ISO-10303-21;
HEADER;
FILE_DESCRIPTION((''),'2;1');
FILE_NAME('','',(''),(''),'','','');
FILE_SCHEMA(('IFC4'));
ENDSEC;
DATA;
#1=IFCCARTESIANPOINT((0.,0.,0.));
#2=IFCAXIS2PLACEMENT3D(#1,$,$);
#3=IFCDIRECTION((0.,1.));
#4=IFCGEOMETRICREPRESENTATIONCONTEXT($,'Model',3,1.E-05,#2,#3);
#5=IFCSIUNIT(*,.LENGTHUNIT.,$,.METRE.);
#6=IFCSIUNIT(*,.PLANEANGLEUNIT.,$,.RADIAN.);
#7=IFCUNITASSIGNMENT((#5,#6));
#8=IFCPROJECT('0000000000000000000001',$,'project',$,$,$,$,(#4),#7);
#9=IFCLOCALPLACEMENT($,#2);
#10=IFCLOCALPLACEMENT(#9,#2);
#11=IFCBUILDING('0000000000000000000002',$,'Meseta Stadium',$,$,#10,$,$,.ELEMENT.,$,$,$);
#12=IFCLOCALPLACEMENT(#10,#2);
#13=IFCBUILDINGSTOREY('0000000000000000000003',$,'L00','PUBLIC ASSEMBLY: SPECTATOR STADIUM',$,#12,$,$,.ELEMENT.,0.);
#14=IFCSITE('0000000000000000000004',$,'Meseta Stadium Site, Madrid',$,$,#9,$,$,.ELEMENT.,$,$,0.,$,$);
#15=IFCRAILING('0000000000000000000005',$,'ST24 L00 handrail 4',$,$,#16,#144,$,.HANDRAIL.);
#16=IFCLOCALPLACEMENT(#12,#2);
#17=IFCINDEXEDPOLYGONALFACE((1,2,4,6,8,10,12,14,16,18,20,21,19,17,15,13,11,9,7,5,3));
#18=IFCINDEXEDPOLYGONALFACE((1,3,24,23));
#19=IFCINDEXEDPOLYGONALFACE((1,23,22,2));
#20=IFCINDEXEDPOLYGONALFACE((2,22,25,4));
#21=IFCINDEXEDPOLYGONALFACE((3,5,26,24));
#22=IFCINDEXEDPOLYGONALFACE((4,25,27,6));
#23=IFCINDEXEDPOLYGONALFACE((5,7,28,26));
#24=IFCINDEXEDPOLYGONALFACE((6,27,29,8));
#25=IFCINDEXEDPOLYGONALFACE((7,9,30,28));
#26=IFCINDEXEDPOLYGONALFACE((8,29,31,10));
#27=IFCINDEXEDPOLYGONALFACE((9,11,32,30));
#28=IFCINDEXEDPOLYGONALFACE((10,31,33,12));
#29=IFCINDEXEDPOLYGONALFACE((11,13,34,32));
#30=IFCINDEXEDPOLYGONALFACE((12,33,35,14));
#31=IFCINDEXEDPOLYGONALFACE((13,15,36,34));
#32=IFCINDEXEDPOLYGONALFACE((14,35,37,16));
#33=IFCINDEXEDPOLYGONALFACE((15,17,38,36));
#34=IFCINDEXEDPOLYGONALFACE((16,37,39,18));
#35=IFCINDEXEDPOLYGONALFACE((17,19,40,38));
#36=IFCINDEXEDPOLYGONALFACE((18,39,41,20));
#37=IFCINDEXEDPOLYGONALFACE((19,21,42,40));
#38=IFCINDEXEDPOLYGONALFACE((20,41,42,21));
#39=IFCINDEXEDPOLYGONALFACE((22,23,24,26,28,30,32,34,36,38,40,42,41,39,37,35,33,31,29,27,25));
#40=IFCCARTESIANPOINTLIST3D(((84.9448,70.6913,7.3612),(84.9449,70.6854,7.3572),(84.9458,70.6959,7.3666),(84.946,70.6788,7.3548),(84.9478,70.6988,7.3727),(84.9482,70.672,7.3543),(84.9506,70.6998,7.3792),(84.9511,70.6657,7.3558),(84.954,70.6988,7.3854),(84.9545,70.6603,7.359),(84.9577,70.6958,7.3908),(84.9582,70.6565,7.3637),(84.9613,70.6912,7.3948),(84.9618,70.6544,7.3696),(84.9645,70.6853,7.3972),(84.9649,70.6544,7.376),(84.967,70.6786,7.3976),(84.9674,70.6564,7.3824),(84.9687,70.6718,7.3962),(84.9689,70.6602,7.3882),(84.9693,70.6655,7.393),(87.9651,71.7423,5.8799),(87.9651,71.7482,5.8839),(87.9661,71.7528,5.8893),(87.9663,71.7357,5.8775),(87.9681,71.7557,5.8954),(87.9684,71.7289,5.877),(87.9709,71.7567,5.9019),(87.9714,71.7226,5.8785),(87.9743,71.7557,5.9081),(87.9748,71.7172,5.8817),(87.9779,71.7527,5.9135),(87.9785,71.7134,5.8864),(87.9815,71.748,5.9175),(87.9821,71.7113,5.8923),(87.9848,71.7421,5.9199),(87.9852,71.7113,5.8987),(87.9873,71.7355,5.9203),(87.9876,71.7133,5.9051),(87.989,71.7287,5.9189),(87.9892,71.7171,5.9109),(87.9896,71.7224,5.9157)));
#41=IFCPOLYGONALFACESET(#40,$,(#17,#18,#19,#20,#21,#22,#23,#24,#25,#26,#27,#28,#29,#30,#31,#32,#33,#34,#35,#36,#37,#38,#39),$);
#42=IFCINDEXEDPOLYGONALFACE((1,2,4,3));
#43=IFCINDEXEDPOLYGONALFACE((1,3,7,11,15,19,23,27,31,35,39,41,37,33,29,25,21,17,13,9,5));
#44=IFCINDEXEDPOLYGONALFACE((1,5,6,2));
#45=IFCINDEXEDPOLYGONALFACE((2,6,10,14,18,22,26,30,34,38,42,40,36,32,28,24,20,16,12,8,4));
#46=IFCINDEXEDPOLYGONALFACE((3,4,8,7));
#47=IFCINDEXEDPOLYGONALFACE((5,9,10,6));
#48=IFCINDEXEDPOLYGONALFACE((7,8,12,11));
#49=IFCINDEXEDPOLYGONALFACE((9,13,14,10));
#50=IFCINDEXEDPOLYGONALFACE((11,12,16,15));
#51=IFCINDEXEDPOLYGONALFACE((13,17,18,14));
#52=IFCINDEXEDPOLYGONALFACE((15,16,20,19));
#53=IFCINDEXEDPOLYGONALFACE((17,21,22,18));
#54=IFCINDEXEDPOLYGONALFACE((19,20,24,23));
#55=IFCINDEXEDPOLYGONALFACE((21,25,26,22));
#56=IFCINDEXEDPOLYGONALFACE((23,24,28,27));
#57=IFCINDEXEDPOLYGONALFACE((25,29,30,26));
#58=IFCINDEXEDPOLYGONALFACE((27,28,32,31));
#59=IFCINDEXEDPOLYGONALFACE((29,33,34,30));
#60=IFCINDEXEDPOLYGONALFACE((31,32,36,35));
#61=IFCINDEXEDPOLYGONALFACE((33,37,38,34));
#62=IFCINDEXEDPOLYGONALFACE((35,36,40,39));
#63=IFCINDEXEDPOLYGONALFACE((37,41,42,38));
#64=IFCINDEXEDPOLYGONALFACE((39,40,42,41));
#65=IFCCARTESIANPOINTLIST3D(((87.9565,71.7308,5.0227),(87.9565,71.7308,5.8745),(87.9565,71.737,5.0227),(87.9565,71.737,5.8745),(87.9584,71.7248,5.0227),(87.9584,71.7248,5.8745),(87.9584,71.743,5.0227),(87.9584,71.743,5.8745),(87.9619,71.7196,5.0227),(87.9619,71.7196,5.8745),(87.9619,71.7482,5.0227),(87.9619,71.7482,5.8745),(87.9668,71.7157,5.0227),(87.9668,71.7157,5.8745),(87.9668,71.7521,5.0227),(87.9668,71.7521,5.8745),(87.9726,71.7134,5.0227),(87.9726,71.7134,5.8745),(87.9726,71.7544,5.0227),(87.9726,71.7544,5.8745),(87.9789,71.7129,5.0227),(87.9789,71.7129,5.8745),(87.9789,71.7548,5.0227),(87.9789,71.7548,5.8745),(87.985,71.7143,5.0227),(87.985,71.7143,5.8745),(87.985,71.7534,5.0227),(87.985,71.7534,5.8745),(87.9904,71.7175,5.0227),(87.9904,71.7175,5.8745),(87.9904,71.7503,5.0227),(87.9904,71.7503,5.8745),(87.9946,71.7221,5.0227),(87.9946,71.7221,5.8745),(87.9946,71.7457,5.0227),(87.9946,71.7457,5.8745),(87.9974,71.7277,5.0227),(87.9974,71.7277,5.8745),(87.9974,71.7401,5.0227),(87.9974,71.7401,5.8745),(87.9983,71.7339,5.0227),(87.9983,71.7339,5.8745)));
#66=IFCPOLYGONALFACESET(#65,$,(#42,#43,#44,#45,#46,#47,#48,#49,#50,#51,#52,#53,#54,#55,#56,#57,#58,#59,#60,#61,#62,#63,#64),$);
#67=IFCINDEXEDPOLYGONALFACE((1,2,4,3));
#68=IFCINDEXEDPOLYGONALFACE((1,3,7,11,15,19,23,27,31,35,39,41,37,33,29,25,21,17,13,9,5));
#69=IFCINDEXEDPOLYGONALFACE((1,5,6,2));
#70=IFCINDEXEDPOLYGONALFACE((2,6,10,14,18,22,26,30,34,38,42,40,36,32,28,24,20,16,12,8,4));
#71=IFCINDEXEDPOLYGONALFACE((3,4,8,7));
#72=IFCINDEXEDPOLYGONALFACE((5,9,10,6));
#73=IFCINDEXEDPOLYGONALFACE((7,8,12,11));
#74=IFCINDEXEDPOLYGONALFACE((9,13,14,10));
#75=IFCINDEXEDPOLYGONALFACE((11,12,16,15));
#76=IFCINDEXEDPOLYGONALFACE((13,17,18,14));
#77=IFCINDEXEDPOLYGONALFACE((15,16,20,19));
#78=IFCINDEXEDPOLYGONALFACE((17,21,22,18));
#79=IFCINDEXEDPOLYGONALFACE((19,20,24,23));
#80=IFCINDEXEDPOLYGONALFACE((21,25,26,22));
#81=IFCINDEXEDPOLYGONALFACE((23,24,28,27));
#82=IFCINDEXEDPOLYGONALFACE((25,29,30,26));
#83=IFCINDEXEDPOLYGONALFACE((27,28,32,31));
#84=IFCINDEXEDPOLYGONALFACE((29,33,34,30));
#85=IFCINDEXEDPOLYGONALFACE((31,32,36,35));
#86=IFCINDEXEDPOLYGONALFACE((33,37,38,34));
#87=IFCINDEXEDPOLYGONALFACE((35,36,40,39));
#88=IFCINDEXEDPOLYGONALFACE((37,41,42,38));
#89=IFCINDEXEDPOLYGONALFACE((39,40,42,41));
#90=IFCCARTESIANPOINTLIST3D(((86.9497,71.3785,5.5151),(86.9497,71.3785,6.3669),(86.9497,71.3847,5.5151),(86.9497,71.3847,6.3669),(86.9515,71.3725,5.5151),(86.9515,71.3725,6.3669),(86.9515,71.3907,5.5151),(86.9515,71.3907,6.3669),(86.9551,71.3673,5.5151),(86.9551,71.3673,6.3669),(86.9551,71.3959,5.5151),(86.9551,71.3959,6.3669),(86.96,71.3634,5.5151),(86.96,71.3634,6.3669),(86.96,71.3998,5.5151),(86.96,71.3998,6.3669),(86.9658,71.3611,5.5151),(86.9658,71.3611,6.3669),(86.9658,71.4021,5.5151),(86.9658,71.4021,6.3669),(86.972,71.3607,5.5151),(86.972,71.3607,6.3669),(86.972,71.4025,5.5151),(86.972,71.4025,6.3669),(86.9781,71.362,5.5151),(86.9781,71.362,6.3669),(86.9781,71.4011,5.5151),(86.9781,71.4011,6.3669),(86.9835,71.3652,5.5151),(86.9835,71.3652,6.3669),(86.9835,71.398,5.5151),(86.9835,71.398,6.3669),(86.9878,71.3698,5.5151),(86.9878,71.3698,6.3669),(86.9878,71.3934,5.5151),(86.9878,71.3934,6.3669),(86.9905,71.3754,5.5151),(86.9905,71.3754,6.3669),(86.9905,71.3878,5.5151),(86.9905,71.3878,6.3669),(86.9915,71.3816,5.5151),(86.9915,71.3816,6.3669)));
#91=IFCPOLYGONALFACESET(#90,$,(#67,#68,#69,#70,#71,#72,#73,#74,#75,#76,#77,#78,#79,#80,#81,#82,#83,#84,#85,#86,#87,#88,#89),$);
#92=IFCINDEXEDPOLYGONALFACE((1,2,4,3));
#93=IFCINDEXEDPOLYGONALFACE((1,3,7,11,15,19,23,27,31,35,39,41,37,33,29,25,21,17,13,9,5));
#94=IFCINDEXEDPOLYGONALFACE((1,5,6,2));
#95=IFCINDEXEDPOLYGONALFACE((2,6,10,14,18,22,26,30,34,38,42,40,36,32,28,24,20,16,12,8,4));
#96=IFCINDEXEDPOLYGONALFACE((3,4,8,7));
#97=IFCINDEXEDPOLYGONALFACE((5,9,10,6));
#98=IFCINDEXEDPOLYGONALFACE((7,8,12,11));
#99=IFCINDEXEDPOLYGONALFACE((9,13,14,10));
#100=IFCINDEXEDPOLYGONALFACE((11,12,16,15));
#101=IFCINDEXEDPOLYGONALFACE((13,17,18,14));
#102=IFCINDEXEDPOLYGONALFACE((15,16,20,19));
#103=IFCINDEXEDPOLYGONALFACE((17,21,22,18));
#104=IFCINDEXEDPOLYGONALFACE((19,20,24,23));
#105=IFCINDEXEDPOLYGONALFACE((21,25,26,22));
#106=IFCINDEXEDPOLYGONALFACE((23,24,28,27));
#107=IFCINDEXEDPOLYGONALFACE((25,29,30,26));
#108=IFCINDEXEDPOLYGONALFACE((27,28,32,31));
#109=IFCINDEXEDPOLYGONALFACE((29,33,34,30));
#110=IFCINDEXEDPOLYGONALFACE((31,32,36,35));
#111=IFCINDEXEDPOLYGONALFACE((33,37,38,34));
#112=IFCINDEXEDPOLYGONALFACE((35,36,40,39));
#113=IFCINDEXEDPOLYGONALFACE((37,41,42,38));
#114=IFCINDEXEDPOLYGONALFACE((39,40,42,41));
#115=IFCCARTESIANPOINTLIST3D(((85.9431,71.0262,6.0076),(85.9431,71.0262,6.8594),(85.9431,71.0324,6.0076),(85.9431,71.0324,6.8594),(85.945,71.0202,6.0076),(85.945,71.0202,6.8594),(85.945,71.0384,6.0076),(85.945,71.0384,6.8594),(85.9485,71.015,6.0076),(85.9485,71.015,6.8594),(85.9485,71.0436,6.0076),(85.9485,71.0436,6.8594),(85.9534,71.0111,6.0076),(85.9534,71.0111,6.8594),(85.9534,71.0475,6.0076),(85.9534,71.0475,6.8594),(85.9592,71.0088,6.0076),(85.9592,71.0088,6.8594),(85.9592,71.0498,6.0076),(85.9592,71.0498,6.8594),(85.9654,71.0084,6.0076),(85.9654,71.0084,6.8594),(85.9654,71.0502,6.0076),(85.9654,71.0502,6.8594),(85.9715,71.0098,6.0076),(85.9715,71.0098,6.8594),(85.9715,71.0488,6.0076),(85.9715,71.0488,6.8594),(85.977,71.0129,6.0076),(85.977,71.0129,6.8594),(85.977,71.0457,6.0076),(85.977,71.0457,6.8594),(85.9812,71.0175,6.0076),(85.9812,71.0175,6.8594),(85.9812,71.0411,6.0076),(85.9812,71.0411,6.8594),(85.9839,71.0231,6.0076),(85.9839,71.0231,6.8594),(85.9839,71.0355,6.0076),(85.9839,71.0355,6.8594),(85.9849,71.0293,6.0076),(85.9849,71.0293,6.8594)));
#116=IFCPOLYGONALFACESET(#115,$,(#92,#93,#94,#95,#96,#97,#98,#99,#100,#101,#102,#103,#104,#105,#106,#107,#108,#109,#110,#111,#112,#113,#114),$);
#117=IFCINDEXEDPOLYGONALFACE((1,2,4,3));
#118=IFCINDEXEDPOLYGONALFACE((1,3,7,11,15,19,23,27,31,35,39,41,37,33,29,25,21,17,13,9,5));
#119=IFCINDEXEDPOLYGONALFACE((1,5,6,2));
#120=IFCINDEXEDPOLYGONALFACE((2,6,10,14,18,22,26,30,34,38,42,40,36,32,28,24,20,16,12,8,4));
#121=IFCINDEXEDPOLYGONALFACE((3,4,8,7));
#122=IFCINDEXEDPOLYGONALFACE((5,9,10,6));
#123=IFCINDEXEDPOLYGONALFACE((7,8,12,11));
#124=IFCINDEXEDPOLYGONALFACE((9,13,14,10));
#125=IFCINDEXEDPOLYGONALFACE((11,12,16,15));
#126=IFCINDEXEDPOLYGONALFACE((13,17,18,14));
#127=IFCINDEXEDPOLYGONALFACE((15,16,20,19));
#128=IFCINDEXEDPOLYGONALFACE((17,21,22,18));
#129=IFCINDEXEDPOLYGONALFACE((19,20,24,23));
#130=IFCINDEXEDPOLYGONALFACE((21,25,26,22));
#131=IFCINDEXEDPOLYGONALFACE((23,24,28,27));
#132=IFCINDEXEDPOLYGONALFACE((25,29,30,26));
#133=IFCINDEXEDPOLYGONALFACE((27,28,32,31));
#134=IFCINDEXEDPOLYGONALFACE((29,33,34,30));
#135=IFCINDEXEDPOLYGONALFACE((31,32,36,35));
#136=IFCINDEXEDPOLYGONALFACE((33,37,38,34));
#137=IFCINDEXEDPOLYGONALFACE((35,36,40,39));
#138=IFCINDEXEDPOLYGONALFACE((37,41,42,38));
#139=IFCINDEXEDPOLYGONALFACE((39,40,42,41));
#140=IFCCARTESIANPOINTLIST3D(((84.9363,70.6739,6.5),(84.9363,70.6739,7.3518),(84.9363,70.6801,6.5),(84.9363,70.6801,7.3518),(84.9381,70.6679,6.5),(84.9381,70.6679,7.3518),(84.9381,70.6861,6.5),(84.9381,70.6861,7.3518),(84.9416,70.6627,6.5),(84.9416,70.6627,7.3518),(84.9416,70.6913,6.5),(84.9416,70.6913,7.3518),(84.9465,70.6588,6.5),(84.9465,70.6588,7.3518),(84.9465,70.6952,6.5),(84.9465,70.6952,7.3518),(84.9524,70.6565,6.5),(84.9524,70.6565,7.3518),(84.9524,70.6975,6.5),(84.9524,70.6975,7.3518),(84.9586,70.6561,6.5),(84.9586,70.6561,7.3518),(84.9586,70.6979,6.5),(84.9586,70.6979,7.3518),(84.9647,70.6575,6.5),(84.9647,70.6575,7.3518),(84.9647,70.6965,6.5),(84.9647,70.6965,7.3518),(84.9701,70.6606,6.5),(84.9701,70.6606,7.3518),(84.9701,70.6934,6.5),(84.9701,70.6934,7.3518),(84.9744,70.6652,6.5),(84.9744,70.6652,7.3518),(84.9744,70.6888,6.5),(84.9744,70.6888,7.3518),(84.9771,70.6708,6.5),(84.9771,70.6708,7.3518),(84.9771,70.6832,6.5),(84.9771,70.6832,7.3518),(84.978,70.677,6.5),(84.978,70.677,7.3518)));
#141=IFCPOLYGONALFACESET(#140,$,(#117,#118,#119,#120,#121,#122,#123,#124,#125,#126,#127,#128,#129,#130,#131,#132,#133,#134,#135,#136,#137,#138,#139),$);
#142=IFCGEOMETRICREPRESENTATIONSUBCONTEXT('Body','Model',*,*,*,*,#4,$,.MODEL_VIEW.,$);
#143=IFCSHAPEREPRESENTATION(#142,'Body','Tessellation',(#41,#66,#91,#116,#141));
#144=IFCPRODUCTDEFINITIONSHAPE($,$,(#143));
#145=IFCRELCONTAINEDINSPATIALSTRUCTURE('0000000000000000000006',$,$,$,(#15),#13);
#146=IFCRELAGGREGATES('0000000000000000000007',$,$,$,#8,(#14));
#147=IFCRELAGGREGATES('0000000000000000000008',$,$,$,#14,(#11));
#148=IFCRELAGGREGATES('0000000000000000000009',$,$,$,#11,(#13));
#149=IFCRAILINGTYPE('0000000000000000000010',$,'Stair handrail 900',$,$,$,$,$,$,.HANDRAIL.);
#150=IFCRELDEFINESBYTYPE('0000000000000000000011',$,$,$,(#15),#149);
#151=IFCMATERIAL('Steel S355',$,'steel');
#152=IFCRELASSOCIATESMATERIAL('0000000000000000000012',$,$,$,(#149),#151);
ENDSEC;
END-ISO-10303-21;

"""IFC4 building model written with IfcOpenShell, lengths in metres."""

from ifc_helpers import new_model, si_unit, direction, frame, origin, origin_2d, place, context, subcontext, project, spatial, circle, extrude, material, type_object, element, save


model = new_model("IFC4")

# Units and contexts
model_context = context("Model", 3, precision=1e-05, world=origin(), true_north=direction((0.0, 1.0)))
body_context = subcontext(model_context, "Body", "Model", "MODEL_VIEW")
ifc_project = project(units=[si_unit("LENGTHUNIT", "METRE"), si_unit("PLANEANGLEUNIT", "RADIAN")], contexts=[model_context])

# Site, building, storey
site_placement = place(None, origin())
site = spatial("IfcSite", under=ifc_project, at=site_placement, Name="Meseta Stadium Site, Madrid", CompositionType="ELEMENT", RefElevation=0.0)
building_placement = place(site_placement, origin())
building = spatial("IfcBuilding", under=site, at=building_placement, Name="Meseta Stadium", CompositionType="ELEMENT")
storey_placement = place(building_placement, origin())
storey = spatial("IfcBuildingStorey", under=building, at=storey_placement, Name="L00", Description="PUBLIC ASSEMBLY: SPECTATOR STADIUM", CompositionType="ELEMENT", Elevation=0.0)

# Railing
ifc_material_1 = material(Name="Steel S355", Category="steel")
railing_type_1 = type_object("IfcRailingType", Name="Stair handrail 900", PredefinedType="HANDRAIL", material=ifc_material_1)
railing_1_placement = place(storey_placement, frame((87.9773, 71.7339, 5.0227)))
element("IfcRailing", 1, at=railing_1_placement, inside=storey, type_object=railing_type_1, Name="ST24 L00 handrail 4", PredefinedType="HANDRAIL", context=body_context, shape_type="SweptSolid", body=[
    extrude(circle(Radius=0.0239, at=origin_2d()), frame((0.0, 0.0, 0.876), z_axis=(-0.856958, -0.299876, 0.419162), x_axis=(0.330293, -0.943879, 0.0)), (0.0, 0.0, 1.0), 3.5244),
    extrude(circle(Radius=0.021, at=origin_2d()), origin(), (0.0, 0.0, 1.0), 0.8518),
    extrude(circle(Radius=0.021, at=origin_2d()), frame((-1.0068, -0.3523, 0.4924)), (0.0, 0.0, 1.0), 0.8518),
    extrude(circle(Radius=0.021, at=origin_2d()), frame((-2.0134, -0.7046, 0.9849)), (0.0, 0.0, 1.0), 0.8518),
    extrude(circle(Radius=0.021, at=origin_2d()), frame((-3.0203, -1.0569, 1.4773)), (0.0, 0.0, 1.0), 0.8518),
])

save(model, "model.ifc")
